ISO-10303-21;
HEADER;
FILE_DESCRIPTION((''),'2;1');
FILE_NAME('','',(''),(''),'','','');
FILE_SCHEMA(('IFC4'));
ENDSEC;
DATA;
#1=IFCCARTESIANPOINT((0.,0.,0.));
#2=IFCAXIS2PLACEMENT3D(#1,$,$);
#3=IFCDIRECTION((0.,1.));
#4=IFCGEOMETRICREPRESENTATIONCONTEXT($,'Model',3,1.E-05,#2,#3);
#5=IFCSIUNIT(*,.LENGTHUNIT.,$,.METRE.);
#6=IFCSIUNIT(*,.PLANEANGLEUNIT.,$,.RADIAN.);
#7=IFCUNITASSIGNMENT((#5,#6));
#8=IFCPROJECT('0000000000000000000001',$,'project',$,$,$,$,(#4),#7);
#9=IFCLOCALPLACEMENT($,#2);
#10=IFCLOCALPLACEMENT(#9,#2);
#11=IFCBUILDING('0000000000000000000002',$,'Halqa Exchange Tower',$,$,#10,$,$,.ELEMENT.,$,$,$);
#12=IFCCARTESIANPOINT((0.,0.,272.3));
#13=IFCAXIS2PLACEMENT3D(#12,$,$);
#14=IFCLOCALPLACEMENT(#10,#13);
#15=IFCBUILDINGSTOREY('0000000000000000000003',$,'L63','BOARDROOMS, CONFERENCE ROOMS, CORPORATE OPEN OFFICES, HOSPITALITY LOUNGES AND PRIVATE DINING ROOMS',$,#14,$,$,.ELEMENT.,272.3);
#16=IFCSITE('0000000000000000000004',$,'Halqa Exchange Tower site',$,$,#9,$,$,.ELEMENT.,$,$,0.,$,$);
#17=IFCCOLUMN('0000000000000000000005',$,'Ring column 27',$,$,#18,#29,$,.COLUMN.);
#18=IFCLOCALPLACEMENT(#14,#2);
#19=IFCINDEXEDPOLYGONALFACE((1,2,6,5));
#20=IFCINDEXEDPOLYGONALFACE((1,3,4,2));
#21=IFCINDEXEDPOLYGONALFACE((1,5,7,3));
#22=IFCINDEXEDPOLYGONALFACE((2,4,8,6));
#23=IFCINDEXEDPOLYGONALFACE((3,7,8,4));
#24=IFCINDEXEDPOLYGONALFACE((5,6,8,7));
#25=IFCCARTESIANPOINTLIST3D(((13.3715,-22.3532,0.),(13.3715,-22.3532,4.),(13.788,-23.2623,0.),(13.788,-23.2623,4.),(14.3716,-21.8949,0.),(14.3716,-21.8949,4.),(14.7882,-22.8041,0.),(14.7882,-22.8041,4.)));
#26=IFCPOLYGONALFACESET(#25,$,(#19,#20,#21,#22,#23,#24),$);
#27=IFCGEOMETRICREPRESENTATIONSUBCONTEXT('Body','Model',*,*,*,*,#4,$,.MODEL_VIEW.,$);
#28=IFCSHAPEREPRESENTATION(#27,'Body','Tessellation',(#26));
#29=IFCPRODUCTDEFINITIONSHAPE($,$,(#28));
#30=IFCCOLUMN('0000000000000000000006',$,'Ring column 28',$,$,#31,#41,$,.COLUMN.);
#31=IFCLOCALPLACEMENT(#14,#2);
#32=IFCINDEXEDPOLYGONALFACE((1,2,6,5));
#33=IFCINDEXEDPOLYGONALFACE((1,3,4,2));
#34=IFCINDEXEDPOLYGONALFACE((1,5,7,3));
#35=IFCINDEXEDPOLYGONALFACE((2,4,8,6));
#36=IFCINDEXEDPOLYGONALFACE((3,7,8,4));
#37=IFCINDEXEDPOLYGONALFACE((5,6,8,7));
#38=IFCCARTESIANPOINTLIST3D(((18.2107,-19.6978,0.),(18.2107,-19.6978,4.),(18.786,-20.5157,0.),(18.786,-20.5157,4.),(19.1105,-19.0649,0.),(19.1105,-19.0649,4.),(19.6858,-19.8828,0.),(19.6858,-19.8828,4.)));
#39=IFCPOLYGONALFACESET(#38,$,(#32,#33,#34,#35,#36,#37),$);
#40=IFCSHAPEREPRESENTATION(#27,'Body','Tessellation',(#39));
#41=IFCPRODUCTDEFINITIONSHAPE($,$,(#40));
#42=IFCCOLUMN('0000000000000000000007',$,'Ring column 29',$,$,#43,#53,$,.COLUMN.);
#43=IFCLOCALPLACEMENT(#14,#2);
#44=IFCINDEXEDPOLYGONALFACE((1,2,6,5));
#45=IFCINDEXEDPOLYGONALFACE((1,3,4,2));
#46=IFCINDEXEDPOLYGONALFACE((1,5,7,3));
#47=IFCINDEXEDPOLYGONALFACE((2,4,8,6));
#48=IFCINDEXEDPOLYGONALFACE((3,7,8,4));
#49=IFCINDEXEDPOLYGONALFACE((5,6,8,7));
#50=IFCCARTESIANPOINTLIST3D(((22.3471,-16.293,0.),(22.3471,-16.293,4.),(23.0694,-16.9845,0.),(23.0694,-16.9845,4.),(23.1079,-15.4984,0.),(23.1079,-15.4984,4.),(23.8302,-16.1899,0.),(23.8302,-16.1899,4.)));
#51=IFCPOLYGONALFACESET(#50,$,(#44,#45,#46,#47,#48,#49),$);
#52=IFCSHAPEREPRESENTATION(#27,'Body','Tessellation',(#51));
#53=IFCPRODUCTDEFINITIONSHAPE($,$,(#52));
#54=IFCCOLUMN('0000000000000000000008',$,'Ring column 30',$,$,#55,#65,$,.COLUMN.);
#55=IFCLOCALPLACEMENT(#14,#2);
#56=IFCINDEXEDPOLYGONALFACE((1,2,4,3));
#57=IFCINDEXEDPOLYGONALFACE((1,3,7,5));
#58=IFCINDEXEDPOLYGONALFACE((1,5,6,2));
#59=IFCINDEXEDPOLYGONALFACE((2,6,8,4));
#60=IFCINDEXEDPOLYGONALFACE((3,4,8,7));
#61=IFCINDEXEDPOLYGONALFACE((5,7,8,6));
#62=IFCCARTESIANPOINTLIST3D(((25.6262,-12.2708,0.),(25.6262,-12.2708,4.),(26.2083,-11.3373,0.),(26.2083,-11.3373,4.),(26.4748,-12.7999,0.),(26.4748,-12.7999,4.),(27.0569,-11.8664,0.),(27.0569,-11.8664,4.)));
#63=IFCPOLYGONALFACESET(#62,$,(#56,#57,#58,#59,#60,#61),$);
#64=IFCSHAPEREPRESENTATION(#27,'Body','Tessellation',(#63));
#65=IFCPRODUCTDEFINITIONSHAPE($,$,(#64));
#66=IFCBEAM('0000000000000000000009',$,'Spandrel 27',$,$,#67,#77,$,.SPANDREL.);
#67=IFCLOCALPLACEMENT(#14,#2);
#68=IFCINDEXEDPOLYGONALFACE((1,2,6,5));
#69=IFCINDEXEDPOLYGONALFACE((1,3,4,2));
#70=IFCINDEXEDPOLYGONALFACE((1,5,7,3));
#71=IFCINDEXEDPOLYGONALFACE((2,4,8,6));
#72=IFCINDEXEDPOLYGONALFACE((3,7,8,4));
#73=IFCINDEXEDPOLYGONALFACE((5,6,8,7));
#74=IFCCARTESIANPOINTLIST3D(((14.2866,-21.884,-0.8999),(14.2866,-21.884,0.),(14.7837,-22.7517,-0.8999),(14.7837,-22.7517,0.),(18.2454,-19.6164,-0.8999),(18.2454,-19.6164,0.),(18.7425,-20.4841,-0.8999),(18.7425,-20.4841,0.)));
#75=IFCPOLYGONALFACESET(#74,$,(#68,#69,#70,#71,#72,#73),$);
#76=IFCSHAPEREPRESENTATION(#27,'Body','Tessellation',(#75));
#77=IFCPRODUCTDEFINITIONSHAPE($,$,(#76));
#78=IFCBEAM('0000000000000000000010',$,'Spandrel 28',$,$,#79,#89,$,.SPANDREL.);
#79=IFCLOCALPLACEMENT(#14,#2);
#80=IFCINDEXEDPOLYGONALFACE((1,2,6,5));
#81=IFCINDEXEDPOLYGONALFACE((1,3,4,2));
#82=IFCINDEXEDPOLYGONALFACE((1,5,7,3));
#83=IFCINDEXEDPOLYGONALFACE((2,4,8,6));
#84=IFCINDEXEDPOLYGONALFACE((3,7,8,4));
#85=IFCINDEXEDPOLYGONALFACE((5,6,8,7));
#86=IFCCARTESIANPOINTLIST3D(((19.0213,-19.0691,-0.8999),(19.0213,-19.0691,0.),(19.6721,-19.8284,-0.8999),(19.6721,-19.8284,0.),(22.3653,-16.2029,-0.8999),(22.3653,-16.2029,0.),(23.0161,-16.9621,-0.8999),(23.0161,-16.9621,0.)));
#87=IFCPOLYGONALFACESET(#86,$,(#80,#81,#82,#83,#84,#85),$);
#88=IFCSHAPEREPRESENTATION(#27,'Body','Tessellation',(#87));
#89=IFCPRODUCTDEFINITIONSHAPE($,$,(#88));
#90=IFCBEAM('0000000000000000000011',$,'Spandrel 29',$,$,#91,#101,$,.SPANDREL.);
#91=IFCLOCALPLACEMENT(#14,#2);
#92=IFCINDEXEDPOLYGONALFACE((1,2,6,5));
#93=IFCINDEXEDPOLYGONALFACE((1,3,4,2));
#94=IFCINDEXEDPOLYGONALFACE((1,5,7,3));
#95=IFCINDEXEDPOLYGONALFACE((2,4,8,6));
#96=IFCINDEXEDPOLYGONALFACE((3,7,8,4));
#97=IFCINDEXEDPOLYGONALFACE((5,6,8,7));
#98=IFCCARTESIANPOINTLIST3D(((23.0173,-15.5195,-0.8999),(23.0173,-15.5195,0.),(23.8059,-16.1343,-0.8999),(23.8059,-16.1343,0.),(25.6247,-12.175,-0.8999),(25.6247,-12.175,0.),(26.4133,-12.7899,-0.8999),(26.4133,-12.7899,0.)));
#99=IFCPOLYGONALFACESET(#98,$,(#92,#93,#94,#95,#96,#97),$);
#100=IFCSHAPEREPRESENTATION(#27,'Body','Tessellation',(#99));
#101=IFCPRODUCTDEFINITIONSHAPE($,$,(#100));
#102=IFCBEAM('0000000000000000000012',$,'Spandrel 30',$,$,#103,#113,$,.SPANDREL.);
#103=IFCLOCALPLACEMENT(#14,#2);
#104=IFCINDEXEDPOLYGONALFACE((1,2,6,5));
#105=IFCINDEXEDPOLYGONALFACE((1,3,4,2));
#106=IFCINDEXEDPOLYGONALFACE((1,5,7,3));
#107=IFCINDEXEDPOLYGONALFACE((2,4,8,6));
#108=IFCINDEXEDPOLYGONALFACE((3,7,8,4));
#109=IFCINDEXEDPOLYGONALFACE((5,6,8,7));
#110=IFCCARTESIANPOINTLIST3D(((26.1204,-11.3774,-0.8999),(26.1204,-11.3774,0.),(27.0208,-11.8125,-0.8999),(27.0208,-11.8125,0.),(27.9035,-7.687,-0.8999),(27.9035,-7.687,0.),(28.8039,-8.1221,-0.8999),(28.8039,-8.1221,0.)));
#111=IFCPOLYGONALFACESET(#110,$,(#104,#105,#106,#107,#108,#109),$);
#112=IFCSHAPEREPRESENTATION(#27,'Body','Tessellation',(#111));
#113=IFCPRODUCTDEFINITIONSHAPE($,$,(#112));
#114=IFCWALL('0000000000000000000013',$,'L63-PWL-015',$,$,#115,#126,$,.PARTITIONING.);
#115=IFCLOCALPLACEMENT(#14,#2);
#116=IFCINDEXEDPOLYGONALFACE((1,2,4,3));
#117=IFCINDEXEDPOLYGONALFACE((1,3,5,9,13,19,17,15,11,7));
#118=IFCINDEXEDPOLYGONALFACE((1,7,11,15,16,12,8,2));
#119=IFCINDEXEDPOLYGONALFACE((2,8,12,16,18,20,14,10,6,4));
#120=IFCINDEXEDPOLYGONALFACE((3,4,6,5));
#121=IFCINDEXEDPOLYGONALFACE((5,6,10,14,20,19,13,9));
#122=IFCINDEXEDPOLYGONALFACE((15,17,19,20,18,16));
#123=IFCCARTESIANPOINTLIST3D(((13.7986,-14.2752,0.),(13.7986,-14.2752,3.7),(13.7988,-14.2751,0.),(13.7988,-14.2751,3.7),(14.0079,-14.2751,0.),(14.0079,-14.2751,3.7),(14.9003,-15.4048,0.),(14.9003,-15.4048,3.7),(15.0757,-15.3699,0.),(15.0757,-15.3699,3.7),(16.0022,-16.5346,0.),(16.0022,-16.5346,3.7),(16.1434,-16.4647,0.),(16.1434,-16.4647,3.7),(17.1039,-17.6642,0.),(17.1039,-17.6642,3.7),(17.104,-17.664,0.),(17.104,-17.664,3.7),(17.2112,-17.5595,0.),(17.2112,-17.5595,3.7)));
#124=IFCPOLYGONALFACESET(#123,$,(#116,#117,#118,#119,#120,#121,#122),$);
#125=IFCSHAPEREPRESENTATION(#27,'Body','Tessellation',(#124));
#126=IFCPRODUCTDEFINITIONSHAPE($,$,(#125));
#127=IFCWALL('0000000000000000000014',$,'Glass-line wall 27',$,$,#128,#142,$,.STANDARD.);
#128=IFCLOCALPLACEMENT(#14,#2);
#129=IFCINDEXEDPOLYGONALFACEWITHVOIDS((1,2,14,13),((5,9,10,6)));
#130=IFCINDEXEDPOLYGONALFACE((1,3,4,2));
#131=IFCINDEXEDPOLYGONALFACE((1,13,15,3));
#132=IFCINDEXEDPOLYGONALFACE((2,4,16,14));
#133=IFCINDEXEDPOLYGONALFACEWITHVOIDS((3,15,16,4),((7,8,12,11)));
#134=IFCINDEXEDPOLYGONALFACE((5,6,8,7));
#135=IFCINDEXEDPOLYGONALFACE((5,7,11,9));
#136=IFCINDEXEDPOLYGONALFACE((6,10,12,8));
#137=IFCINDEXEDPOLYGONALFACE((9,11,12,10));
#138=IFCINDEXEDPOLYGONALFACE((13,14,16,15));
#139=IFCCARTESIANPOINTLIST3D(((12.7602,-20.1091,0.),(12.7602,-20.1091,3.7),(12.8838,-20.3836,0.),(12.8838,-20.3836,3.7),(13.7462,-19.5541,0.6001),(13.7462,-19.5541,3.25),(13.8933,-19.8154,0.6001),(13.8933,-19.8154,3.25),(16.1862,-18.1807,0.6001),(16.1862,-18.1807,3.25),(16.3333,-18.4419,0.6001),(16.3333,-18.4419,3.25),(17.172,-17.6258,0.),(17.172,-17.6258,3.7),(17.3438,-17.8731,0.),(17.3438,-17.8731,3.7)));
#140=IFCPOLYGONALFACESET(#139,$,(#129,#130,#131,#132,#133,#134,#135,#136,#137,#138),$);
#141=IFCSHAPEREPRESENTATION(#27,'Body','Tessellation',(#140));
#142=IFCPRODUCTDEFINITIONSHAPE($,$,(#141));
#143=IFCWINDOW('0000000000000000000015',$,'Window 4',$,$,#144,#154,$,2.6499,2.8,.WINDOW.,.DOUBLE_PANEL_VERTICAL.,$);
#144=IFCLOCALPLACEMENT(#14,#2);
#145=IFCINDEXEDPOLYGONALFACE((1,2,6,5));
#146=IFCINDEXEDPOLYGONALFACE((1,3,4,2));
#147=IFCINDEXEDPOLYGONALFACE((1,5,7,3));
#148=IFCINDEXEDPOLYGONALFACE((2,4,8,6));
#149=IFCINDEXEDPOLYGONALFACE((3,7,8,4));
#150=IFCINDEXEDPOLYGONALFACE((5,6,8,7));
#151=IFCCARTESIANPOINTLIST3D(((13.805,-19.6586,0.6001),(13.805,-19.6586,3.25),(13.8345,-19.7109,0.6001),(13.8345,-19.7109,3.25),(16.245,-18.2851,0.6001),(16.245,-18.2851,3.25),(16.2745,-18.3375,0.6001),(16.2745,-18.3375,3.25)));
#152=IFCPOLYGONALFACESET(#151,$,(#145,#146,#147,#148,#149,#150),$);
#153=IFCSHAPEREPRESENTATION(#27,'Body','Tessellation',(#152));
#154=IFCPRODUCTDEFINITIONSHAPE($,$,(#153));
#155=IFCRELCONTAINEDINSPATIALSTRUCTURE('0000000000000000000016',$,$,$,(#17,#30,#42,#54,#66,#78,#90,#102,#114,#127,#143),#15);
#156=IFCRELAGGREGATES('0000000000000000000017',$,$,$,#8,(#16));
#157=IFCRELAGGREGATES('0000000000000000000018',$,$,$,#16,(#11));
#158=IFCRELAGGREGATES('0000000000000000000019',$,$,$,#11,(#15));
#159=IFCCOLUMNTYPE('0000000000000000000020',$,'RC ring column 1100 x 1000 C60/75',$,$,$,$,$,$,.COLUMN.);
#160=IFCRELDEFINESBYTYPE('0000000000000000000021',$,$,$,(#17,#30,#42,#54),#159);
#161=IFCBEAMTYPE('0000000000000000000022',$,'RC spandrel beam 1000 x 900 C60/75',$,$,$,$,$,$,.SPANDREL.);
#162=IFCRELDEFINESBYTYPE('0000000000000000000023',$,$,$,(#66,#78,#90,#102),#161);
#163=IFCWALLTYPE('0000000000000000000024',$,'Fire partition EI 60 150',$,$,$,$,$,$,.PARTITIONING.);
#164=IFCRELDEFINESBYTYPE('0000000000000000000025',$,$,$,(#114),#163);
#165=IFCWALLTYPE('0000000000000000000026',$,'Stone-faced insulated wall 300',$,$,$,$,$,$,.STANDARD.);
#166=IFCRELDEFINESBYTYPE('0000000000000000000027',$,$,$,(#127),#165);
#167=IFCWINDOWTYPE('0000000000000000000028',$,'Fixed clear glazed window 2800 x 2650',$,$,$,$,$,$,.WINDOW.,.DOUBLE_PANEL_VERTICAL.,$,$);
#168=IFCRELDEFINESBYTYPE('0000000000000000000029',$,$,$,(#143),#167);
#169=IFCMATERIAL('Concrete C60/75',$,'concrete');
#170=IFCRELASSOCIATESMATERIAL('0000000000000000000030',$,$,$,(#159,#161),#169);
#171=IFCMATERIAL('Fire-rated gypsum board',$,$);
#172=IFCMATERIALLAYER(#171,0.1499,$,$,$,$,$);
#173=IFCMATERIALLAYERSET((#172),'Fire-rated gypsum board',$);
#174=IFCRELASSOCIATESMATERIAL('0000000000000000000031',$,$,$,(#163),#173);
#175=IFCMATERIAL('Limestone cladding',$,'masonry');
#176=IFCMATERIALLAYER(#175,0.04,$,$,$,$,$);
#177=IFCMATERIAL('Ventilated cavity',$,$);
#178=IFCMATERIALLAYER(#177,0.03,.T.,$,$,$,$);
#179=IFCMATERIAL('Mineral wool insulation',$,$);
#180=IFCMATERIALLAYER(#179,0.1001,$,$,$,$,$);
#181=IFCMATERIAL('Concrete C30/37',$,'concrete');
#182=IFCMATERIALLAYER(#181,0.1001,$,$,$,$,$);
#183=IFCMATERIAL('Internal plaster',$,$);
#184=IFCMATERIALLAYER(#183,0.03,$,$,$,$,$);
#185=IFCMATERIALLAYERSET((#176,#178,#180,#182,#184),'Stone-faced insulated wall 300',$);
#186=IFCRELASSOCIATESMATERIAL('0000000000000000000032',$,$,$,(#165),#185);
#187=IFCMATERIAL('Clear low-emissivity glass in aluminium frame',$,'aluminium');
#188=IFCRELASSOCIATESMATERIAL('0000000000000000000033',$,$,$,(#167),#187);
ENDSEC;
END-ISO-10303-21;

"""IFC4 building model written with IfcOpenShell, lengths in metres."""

from ifc_helpers import new_model, si_unit, direction, frame, frame_2d, origin, origin_2d, place, context, subcontext, project, spatial, polyline, rectangle, outline, extrude, material, layer, layer_set, material_profile, profile_set, type_object, element, fill, save


model = new_model("IFC4")

# Units and contexts
model_context = context("Model", 3, precision=1e-05, world=origin(), true_north=direction((0.0, 1.0)))
body_context = subcontext(model_context, "Body", "Model", "MODEL_VIEW")
ifc_project = project(units=[si_unit("LENGTHUNIT", "METRE"), si_unit("PLANEANGLEUNIT", "RADIAN")], contexts=[model_context])

# Site, building, storey
site_placement = place(None, origin())
site = spatial("IfcSite", under=ifc_project, at=site_placement, Name="Halqa Exchange Tower site", CompositionType="ELEMENT", RefElevation=0.0)
building_placement = place(site_placement, origin())
building = spatial("IfcBuilding", under=site, at=building_placement, Name="Halqa Exchange Tower", CompositionType="ELEMENT")
storey_placement = place(building_placement, frame((0.0, 0.0, 272.3)))
storey = spatial("IfcBuildingStorey", under=building, at=storey_placement, Name="L63", Description="BOARDROOMS, CONFERENCE ROOMS, CORPORATE OPEN OFFICES, HOSPITALITY LOUNGES AND PRIVATE DINING ROOMS", CompositionType="ELEMENT", Elevation=272.3)

# Columns
ifc_material_1 = material(Name="Concrete C60/75", Category="concrete")
ifc_material_profile_1 = material_profile(ifc_material_1, rectangle(XDim=1.1001, YDim=1.0, at=origin_2d()), Name="1100 x 1000")
ifc_profile_set_1 = profile_set([ifc_material_profile_1], Name="Concrete C60/75")
column_type = type_object("IfcColumnType", Name="RC ring column 1100 x 1000 C60/75", PredefinedType="COLUMN", material=ifc_profile_set_1)
for number, where, z_axis, x_axis, name in (
    (1, (14.0798, -22.5786, 0.0), (0.0, 0.0, 1.0), (0.909127, 0.416519, 0.0), "Ring column 27"),
    (2, (18.9482, -19.7903, 0.0), (0.0, 0.0, 1.0), (0.817907, 0.575351, 0.0), "Ring column 28"),
    (3, (23.0886, -16.2415, 0.0), (0.0, 0.0, 1.0), (0.69158, 0.7223, 0.0), "Ring column 29"),
    (4, (26.3416, -12.0686, 0.0), (0.0, 0.0, 1.0), (0.529142, 0.848533, 0.0), "Ring column 30"),
):
    element("IfcColumn", number, at=place(storey_placement, frame(where, z_axis=z_axis, x_axis=x_axis)), inside=storey, type_object=column_type, Name=name, PredefinedType="COLUMN", context=body_context, shape_type="SweptSolid", body=[
        extrude(rectangle(XDim=1.1001, YDim=1.0, at=origin_2d()), origin(), (0.0, 0.0, 1.0), 4.0),
    ])

# Beams
ifc_material_profile_2 = material_profile(ifc_material_1, rectangle(XDim=1.0, YDim=0.8999, at=origin_2d()), Name="1000 x 900")
ifc_profile_set_2 = profile_set([ifc_material_profile_2], Name="Concrete C60/75")
beam_type = type_object("IfcBeamType", Name="RC spandrel beam 1000 x 900 C60/75", PredefinedType="SPANDREL", material=ifc_profile_set_2)
beam_1_placement = place(storey_placement, frame((14.5352, -22.3179, -0.45), z_axis=(0.867729, 0.497038, 0.0), x_axis=(-0.497038, 0.867729, 0.0)))
element("IfcBeam", 5, at=beam_1_placement, inside=storey, type_object=beam_type, Name="Spandrel 27", PredefinedType="SPANDREL", context=body_context, shape_type="SweptSolid", body=[
    extrude(rectangle(XDim=1.0, YDim=0.8999, at=origin_2d()), origin(), (0.0, 0.0, 1.0), 4.5623),
])
beam_2_placement = place(storey_placement, frame((19.3467, -19.4487, -0.45), z_axis=(0.759264, 0.650782, 0.0), x_axis=(-0.650782, 0.759264, 0.0)))
element("IfcBeam", 6, at=beam_2_placement, inside=storey, type_object=beam_type, Name="Spandrel 28", PredefinedType="SPANDREL", context=body_context, shape_type="SweptSolid", body=[
    extrude(rectangle(XDim=1.0, YDim=0.8999, at=origin_2d()), origin(), (0.0, 0.0, 1.0), 4.4043),
])
beam_3_placement = place(storey_placement, frame((23.4116, -15.8269, -0.45), z_axis=(0.614845, 0.788648, 0.0), x_axis=(-0.788648, 0.614845, 0.0)))
element("IfcBeam", 7, at=beam_3_placement, inside=storey, type_object=beam_type, Name="Spandrel 29", PredefinedType="SPANDREL", context=body_context, shape_type="SweptSolid", body=[
    extrude(rectangle(XDim=1.0, YDim=0.8999, at=origin_2d()), origin(), (0.0, 0.0, 1.0), 4.2407),
])
beam_4_placement = place(storey_placement, frame((26.5706, -11.595, -0.45), z_axis=(0.435069, 0.900397, 0.0), x_axis=(-0.900397, 0.435069, 0.0)))
element("IfcBeam", 8, at=beam_4_placement, inside=storey, type_object=beam_type, Name="Spandrel 30", PredefinedType="SPANDREL", context=body_context, shape_type="SweptSolid", body=[
    extrude(rectangle(XDim=1.0, YDim=0.8999, at=origin_2d()), origin(), (0.0, 0.0, 1.0), 4.0986),
])

# Wall
ifc_material_2 = material(Name="Fire-rated gypsum board")
ifc_layer_1 = layer(ifc_material_2, 0.1499)
ifc_layer_set_1 = layer_set([ifc_layer_1], Name="Fire-rated gypsum board")
wall_type_1 = type_object("IfcWallType", Name="Fire partition EI 60 150", PredefinedType="PARTITIONING", material=ifc_layer_set_1)
wall_1_placement = place(storey_placement, frame((13.8523, -14.2229, 0.0), z_axis=(0.0, 0.0, 1.0), x_axis=(0.698207, -0.715896, 0.0)))
element("IfcWall", 9, at=wall_1_placement, inside=storey, type_object=wall_type_1, Name="L63-PWL-015", PredefinedType="PARTITIONING", context=body_context, shape_type="SweptSolid", body=[
    extrude(outline(polyline([(0.0, -0.075), (1.5779, -0.075), (3.156, -0.075), (4.7339, -0.075), (4.7339, -0.0747), (4.7339, 0.075), (3.2046, 0.075), (1.6753, 0.075), (0.146, 0.075), (0.0, -0.0747), (0.0, -0.075)])), origin(), (0.0, 0.0, 1.0), 3.7),
])

# Wall, opening, window
ifc_material_3 = material(Name="Limestone cladding", Category="masonry")
ifc_layer_2 = layer(ifc_material_3, 0.04)
ifc_material_4 = material(Name="Ventilated cavity")
ifc_layer_3 = layer(ifc_material_4, 0.03, ventilated=True)
ifc_material_5 = material(Name="Mineral wool insulation")
ifc_layer_4 = layer(ifc_material_5, 0.1001)
ifc_material_6 = material(Name="Concrete C30/37", Category="concrete")
ifc_layer_5 = layer(ifc_material_6, 0.1001)
ifc_material_7 = material(Name="Internal plaster")
ifc_layer_6 = layer(ifc_material_7, 0.03)
ifc_layer_set_2 = layer_set([ifc_layer_2, ifc_layer_3, ifc_layer_4, ifc_layer_5, ifc_layer_6], Name="Stone-faced insulated wall 300")
wall_type_2 = type_object("IfcWallType", Name="Stone-faced insulated wall 300", PredefinedType="STANDARD", material=ifc_layer_set_2)
wall_2_placement = place(storey_placement, frame((12.822, -20.2463, 0.0), z_axis=(0.0, 0.0, 1.0), x_axis=(0.871433, 0.490514, 0.0)))
wall_2 = element("IfcWall", 10, at=wall_2_placement, inside=storey, type_object=wall_type_2, Name="Glass-line wall 27", PredefinedType="STANDARD", context=body_context, shape_type="SweptSolid", body=[
    extrude(outline(polyline([(-0.0134, -0.1499), (5.1045, -0.1499), (5.0762, 0.1499), (0.0134, 0.1499), (-0.0134, -0.1499)])), origin(), (0.0, 0.0, 1.0), 3.7),
])
opening_1_placement = place(wall_2_placement, frame((1.145, 0.0, 0.6001)))
opening_1 = element("IfcOpeningElement", 11, at=opening_1_placement, cuts=wall_2, PredefinedType="OPENING", context=body_context, shape_type="SweptSolid", body=[
    extrude(rectangle(XDim=2.8, YDim=2.6499, at=frame_2d((1.3999, 1.325))), frame((0.0, 0.1621, 0.0), z_axis=(0.0, -1.0, 0.0), x_axis=(1.0, 0.0, 0.0)), (0.0, 0.0, 1.0), 0.324),
])
ifc_material_8 = material(Name="Clear low-emissivity glass in aluminium frame", Category="aluminium")
window_type = type_object("IfcWindowType", Name="Fixed clear glazed window 2800 x 2650", PartitioningType="DOUBLE_PANEL_VERTICAL", PredefinedType="WINDOW", material=ifc_material_8)
window_1_placement = place(opening_1_placement, origin())
window_1 = element("IfcWindow", 12, at=window_1_placement, inside=storey, type_object=window_type, Name="Window 4", OverallHeight=2.6499, OverallWidth=2.8, PartitioningType="DOUBLE_PANEL_VERTICAL", PredefinedType="WINDOW", context=body_context, shape_type="SweptSolid", body=[
    extrude(rectangle(XDim=2.8, YDim=2.6499, at=frame_2d((1.3999, 1.325))), frame((0.0, 0.03, 0.0), z_axis=(0.0, -1.0, 0.0), x_axis=(1.0, 0.0, 0.0)), (0.0, 0.0, 1.0), 0.0601),
])
fill(opening_1, window_1)

save(model, "model.ifc")
